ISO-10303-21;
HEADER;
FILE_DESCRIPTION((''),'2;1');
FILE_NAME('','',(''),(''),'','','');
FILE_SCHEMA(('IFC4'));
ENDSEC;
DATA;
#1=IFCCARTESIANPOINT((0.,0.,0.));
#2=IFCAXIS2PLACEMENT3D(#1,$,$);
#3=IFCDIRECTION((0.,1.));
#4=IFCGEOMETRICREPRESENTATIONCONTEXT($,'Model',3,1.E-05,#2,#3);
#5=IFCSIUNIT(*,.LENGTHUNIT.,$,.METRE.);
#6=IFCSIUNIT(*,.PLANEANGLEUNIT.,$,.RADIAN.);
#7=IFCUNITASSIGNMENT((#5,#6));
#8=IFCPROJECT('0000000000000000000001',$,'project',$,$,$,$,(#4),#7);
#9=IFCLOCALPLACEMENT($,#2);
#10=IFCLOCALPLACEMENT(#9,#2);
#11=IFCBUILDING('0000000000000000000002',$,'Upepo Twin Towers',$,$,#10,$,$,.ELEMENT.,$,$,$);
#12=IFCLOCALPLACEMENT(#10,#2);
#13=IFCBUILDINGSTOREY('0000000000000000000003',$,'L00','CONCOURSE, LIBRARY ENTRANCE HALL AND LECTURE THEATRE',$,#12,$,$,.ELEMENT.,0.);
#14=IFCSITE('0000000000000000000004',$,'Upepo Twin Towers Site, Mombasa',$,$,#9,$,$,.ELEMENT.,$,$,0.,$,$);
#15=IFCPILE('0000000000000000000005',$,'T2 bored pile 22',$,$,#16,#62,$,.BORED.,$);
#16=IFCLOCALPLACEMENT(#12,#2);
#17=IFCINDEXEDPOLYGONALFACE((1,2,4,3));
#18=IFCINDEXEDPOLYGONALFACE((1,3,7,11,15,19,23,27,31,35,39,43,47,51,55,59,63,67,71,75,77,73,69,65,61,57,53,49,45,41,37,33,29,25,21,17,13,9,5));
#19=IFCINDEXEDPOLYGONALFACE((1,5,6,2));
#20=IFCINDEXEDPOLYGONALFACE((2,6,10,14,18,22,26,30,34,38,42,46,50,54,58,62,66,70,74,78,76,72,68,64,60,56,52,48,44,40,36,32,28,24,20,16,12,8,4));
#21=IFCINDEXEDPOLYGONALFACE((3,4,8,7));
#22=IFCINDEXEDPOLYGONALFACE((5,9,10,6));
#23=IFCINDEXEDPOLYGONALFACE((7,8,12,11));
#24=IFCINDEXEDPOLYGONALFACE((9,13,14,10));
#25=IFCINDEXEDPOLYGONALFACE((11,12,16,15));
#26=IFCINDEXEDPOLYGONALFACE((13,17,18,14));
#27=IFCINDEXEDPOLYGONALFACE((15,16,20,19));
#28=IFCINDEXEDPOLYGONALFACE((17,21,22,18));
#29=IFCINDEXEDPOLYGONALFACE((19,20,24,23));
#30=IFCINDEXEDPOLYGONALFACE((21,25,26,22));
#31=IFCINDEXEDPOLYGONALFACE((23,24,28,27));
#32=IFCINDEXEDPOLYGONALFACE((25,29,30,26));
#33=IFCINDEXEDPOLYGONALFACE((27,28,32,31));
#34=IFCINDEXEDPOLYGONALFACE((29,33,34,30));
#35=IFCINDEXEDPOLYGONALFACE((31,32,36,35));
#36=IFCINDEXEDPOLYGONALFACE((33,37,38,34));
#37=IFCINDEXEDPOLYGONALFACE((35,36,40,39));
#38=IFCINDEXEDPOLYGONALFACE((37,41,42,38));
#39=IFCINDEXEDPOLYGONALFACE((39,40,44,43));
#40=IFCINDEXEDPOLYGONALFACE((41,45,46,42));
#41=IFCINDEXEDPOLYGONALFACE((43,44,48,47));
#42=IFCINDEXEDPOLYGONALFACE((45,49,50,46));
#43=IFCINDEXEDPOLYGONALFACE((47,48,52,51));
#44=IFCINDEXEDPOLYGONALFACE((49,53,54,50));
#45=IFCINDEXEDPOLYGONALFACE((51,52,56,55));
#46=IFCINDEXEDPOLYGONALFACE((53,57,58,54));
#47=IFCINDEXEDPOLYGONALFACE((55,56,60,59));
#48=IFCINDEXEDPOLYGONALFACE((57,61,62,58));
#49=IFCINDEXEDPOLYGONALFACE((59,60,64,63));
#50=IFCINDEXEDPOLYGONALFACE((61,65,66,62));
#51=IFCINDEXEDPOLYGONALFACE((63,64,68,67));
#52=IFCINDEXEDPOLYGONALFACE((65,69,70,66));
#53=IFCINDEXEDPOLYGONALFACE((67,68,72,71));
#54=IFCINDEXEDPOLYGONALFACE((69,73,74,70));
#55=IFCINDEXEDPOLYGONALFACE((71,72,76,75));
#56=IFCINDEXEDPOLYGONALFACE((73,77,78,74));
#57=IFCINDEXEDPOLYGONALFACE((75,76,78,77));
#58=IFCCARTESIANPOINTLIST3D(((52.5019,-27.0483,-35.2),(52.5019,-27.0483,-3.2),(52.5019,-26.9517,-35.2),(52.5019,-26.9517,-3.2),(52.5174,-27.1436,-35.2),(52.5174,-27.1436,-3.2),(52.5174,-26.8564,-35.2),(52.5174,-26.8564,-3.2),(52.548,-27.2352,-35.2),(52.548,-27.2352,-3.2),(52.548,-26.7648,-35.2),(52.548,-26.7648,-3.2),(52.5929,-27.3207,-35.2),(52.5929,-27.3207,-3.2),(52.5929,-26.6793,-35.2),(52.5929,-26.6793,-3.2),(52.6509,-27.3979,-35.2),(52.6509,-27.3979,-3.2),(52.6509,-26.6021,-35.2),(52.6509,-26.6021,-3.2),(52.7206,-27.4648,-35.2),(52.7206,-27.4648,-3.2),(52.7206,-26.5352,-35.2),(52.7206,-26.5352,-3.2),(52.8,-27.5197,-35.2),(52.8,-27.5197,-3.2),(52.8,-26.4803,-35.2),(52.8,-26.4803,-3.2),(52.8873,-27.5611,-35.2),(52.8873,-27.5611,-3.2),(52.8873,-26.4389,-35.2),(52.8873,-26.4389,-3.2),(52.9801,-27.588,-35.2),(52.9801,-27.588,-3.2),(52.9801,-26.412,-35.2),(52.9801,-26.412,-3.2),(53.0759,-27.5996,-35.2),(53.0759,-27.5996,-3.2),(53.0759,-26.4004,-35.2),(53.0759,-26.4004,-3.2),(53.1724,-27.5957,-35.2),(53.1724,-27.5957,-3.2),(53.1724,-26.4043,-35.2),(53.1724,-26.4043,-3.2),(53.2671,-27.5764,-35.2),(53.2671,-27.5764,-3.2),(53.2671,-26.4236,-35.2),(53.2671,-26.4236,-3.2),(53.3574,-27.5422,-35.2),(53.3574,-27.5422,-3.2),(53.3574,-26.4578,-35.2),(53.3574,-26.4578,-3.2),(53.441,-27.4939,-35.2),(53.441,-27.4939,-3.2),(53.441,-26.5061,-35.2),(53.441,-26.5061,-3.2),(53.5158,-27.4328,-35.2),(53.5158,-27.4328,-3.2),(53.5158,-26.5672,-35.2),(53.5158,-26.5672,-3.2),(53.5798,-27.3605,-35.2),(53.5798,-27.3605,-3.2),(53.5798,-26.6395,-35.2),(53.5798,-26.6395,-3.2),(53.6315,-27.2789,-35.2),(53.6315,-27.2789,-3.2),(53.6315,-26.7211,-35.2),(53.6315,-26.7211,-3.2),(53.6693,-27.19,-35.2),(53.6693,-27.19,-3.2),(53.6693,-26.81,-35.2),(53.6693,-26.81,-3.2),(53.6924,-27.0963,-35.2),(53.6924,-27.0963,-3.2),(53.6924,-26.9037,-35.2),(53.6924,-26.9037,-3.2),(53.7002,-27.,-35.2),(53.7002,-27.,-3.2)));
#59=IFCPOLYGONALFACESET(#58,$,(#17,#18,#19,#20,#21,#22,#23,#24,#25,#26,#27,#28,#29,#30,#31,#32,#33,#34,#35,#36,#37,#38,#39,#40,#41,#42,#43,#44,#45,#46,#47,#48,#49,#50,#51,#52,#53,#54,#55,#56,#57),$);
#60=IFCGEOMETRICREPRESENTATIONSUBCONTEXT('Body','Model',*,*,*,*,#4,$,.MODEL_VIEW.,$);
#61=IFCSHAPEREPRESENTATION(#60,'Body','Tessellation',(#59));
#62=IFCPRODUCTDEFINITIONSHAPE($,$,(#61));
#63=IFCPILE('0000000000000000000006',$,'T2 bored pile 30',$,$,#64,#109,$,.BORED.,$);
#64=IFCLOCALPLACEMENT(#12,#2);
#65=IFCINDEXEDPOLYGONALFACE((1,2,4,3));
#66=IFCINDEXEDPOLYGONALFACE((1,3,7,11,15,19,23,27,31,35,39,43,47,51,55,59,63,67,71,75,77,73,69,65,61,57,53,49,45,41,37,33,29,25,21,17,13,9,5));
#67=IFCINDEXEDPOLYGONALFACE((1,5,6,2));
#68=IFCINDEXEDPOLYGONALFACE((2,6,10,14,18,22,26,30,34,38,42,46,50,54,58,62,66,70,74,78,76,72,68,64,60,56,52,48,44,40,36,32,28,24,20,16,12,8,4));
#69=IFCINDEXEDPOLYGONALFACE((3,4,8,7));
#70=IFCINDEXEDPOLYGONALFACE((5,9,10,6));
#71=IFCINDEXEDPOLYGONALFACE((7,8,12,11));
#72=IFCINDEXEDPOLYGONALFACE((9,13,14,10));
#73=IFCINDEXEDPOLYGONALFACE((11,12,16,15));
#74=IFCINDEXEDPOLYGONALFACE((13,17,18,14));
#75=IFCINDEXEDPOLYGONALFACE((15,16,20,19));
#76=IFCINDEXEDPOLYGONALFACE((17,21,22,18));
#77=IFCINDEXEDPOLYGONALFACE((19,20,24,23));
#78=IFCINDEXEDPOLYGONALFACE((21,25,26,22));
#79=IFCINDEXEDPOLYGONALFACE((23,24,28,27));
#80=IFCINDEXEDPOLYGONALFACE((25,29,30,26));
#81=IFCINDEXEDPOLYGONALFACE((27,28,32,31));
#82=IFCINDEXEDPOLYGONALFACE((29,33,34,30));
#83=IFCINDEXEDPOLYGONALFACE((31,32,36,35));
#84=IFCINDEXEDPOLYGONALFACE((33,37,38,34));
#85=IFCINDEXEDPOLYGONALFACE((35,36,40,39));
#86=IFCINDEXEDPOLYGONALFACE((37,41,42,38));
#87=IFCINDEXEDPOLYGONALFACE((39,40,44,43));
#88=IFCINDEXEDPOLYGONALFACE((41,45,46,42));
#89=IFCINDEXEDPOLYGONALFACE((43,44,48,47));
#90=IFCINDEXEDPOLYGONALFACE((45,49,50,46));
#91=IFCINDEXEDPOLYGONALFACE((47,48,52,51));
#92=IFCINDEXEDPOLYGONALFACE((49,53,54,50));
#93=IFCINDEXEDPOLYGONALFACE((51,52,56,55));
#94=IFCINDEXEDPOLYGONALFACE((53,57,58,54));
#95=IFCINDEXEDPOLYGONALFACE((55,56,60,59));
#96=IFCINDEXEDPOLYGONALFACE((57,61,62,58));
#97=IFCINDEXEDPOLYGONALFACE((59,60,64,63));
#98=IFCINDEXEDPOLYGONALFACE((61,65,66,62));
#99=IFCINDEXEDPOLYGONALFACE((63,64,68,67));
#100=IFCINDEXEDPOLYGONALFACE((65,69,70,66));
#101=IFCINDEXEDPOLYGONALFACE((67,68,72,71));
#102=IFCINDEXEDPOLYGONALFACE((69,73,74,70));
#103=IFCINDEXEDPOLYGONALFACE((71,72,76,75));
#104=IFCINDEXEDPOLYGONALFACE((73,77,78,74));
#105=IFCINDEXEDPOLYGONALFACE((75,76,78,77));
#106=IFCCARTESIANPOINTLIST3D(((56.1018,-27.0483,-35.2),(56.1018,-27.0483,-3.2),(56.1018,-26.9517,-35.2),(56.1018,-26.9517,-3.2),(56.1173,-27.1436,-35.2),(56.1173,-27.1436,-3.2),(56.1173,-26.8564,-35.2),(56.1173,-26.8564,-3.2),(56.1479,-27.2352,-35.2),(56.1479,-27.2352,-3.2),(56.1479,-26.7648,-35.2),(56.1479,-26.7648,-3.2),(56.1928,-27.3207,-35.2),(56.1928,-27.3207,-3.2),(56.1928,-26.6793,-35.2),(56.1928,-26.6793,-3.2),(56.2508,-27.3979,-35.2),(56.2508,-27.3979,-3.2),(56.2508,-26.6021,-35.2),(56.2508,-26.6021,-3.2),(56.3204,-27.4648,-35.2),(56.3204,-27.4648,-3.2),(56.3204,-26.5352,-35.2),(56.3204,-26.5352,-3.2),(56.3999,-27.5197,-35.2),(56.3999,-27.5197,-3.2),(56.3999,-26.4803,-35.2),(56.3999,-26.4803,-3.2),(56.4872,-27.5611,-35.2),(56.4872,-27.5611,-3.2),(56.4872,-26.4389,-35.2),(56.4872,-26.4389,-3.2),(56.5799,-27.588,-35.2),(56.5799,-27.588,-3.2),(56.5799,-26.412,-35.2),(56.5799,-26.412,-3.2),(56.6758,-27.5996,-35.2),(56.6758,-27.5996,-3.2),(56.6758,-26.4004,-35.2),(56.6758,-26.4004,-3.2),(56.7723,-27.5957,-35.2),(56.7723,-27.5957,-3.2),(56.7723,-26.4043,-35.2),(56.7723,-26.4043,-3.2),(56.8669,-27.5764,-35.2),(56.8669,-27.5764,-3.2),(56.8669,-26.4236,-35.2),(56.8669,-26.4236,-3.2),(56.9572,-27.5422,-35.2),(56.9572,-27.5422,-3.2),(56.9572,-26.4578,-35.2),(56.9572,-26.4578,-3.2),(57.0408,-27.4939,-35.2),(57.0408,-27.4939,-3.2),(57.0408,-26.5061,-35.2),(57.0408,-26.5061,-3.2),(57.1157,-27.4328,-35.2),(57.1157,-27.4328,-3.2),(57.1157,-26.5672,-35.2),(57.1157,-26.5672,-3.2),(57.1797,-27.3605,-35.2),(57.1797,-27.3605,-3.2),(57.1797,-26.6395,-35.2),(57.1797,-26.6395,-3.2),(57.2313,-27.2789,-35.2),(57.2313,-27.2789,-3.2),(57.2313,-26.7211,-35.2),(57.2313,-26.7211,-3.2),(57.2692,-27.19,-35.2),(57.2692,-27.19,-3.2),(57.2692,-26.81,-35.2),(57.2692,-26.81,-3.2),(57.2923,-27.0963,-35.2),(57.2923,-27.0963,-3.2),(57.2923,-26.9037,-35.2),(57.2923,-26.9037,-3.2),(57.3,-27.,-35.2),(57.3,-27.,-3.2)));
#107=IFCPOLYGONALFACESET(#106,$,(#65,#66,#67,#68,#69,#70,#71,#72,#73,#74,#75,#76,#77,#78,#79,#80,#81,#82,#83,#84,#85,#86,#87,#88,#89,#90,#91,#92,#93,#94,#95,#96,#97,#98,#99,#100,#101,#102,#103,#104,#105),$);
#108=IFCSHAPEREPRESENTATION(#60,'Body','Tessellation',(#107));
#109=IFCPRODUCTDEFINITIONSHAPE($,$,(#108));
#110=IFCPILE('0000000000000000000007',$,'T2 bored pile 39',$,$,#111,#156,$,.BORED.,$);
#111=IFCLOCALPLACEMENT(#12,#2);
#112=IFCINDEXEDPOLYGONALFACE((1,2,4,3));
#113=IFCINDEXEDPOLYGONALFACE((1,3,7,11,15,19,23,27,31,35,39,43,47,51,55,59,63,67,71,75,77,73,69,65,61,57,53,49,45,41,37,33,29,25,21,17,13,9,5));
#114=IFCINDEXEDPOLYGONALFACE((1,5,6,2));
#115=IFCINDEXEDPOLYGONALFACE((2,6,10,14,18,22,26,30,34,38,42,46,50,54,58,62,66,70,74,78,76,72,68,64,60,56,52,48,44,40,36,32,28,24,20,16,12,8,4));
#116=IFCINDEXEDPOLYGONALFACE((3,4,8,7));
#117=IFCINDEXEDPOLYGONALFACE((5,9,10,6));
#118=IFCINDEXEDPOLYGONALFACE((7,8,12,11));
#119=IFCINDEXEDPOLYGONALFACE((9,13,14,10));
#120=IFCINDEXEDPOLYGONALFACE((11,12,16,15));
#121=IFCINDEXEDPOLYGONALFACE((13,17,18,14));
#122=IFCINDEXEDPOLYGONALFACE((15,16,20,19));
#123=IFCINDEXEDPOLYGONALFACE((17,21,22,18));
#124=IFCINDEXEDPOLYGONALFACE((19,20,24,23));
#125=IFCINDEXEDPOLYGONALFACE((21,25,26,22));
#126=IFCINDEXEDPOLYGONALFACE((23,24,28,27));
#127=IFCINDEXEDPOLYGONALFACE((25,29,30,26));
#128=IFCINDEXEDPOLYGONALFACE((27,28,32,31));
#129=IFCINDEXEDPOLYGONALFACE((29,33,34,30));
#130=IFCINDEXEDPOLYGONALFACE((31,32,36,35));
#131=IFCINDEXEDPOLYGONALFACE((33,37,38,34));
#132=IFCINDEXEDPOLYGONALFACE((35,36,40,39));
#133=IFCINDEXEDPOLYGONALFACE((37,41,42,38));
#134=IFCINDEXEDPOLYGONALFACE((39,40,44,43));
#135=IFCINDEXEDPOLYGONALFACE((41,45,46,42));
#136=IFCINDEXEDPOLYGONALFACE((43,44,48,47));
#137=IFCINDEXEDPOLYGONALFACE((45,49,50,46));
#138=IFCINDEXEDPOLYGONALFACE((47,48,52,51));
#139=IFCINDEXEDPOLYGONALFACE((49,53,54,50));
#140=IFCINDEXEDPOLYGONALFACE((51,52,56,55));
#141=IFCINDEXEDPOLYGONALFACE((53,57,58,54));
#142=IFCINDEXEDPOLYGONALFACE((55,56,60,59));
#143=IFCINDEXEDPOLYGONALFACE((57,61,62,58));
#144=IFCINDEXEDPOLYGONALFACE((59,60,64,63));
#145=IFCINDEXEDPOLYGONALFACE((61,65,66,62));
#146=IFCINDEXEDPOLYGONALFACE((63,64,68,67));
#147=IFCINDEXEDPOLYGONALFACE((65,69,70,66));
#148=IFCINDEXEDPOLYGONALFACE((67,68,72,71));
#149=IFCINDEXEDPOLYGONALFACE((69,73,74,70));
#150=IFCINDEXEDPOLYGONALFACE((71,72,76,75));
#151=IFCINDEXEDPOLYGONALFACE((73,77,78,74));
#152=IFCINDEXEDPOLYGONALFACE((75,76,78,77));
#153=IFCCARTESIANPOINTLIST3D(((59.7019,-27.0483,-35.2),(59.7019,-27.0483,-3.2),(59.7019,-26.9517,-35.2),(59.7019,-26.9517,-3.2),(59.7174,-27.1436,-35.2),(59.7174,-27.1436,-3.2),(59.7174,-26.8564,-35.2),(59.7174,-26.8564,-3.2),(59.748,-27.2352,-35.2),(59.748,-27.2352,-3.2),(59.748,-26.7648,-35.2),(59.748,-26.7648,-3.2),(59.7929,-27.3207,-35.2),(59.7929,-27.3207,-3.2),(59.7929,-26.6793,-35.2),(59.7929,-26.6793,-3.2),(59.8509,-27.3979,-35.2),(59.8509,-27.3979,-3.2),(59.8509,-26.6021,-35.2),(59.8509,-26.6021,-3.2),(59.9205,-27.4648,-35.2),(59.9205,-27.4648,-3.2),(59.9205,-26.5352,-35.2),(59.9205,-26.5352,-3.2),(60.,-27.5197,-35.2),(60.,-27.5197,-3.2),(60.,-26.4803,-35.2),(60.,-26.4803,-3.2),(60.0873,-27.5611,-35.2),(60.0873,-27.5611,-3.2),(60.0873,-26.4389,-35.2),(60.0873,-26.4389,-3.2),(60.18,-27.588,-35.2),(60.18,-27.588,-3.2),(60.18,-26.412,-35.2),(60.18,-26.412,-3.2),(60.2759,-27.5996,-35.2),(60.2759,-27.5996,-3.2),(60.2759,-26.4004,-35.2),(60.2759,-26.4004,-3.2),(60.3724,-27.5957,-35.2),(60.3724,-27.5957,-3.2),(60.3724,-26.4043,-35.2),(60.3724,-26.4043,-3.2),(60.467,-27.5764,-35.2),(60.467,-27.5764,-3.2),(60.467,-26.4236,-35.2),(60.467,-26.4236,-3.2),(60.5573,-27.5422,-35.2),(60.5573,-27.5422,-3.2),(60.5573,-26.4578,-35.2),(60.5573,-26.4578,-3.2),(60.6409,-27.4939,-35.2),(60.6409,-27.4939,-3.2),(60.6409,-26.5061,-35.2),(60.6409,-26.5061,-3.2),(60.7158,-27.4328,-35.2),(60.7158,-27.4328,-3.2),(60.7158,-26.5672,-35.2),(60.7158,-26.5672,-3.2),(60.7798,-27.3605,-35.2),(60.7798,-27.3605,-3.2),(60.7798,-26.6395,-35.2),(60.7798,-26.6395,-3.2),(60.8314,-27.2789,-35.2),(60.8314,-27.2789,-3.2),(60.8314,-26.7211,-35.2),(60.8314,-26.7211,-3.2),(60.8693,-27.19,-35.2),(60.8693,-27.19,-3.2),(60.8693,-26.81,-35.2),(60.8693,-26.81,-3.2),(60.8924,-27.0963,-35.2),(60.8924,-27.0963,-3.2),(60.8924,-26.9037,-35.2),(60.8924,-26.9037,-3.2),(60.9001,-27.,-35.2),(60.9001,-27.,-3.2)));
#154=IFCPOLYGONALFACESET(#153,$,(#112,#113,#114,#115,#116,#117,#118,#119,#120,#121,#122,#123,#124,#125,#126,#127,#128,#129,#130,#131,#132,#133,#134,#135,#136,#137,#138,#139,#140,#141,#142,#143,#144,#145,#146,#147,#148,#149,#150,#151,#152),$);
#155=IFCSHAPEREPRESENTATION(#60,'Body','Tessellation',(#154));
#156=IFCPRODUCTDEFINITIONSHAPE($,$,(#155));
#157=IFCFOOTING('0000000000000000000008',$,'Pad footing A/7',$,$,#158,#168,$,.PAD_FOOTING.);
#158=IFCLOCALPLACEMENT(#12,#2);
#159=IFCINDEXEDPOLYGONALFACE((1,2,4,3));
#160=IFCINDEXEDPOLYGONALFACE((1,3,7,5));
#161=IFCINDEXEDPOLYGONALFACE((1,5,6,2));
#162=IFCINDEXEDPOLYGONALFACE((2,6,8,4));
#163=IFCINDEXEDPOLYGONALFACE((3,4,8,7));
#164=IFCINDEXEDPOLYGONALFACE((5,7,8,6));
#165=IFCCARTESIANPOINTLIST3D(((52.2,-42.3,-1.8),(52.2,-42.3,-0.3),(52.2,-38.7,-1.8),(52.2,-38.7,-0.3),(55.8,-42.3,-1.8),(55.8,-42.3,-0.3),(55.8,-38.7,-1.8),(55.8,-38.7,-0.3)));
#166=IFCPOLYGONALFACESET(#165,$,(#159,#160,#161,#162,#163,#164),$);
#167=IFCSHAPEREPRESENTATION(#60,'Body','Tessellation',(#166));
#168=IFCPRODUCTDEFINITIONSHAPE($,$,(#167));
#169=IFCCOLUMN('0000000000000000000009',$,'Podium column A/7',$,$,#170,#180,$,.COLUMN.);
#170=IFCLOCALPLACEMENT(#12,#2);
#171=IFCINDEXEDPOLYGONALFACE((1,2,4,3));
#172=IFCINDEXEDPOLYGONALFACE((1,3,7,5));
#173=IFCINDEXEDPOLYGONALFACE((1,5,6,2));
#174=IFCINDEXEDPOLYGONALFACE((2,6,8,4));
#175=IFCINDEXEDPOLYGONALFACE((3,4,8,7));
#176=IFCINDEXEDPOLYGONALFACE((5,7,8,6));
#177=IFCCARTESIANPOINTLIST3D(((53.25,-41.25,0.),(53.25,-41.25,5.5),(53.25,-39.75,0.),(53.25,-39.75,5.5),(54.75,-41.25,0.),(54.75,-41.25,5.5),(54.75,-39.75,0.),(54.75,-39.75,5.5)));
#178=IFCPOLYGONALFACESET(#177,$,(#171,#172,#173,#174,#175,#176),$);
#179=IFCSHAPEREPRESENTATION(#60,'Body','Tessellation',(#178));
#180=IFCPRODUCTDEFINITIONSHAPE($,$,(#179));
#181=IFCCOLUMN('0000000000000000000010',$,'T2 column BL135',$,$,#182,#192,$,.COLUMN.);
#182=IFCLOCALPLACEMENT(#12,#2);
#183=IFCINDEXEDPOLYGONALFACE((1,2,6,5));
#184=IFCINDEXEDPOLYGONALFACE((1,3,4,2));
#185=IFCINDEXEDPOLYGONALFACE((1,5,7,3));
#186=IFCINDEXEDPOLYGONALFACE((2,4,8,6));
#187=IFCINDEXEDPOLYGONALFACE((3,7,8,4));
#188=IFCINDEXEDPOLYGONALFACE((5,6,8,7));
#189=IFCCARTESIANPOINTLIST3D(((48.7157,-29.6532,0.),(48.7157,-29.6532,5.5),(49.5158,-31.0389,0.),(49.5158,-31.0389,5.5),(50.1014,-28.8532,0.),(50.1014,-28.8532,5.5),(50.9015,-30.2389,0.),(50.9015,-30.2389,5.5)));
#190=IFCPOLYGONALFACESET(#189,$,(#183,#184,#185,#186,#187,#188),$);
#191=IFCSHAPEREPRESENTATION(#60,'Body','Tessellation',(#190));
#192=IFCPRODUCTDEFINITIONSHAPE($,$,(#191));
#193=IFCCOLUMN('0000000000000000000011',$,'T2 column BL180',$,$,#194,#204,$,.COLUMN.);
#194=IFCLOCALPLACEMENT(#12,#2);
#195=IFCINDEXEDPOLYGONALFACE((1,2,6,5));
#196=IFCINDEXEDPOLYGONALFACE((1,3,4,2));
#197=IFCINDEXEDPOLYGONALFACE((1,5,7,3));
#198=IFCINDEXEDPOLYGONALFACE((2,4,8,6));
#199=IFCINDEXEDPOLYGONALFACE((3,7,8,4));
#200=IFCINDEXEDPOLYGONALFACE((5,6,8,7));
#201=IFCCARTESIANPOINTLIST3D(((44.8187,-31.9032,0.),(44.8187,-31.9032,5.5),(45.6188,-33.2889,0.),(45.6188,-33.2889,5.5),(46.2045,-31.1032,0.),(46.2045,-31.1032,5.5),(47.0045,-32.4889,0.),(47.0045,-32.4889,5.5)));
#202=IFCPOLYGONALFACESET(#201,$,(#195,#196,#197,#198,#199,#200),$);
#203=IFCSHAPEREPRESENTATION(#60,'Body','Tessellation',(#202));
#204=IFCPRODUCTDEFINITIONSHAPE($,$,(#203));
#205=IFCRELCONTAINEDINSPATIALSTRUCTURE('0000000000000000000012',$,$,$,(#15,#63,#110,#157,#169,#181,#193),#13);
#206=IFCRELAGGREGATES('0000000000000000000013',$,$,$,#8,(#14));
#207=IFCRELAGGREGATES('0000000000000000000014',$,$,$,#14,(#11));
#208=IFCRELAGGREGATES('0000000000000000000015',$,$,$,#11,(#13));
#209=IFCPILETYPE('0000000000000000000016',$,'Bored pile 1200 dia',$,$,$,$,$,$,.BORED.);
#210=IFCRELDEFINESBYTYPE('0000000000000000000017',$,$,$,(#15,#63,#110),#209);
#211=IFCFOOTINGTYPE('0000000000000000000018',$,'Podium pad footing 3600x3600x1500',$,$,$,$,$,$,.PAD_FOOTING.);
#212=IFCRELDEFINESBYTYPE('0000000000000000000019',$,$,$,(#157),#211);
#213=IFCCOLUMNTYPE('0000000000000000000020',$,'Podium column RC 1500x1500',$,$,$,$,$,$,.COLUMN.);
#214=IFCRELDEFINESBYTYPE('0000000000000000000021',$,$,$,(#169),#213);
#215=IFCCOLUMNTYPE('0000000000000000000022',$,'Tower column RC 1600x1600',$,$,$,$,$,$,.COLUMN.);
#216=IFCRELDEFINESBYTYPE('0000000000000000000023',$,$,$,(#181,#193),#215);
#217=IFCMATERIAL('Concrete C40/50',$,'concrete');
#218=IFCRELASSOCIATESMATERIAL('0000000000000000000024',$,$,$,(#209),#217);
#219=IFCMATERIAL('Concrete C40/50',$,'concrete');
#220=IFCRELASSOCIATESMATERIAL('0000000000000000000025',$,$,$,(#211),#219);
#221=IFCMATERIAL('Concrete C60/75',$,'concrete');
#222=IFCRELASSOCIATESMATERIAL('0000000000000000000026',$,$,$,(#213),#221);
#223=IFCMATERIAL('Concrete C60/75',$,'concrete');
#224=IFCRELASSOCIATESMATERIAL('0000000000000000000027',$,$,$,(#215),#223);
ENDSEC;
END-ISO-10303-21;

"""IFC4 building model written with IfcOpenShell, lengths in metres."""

from ifc_helpers import new_model, si_unit, direction, frame, origin, origin_2d, place, context, subcontext, project, spatial, rectangle, circle, extrude, material, material_profile, profile_set, type_object, element, save


model = new_model("IFC4")

# Units and contexts
model_context = context("Model", 3, precision=1e-05, world=origin(), true_north=direction((0.0, 1.0)))
body_context = subcontext(model_context, "Body", "Model", "MODEL_VIEW")
ifc_project = project(units=[si_unit("LENGTHUNIT", "METRE"), si_unit("PLANEANGLEUNIT", "RADIAN")], contexts=[model_context])

# Site, building, storey
site_placement = place(None, origin())
site = spatial("IfcSite", under=ifc_project, at=site_placement, Name="Upepo Twin Towers Site, Mombasa", CompositionType="ELEMENT", RefElevation=0.0)
building_placement = place(site_placement, origin())
building = spatial("IfcBuilding", under=site, at=building_placement, Name="Upepo Twin Towers", CompositionType="ELEMENT")
storey_placement = place(building_placement, origin())
storey = spatial("IfcBuildingStorey", under=building, at=storey_placement, Name="L00", Description="CONCOURSE, LIBRARY ENTRANCE HALL AND LECTURE THEATRE", CompositionType="ELEMENT", Elevation=0.0)

# Piles
ifc_material_1 = material(Name="Concrete C40/50", Category="concrete")
pile_type = type_object("IfcPileType", Name="Bored pile 1200 dia", PredefinedType="BORED", material=ifc_material_1)
for number, where, z_axis, x_axis, name in (
    (1, (53.1001, -27.0, -3.2), (0.0, 0.0, -1.0), (1.0, 0.0, 0.0), "T2 bored pile 22"),
    (2, (56.7, -27.0, -3.2), (0.0, 0.0, -1.0), (1.0, 0.0, 0.0), "T2 bored pile 30"),
    (3, (60.3, -27.0, -3.2), (0.0, 0.0, -1.0), (1.0, 0.0, 0.0), "T2 bored pile 39"),
):
    element("IfcPile", number, at=place(storey_placement, frame(where, z_axis=z_axis, x_axis=x_axis)), inside=storey, type_object=pile_type, Name=name, PredefinedType="BORED", context=body_context, shape_type="SweptSolid", body=[
        extrude(circle(Radius=0.6001, at=origin_2d()), origin(), (0.0, 0.0, 1.0), 32.0),
    ])

# Footing
ifc_material_2 = material(Name="Concrete C40/50", Category="concrete")
footing_type = type_object("IfcFootingType", Name="Podium pad footing 3600x3600x1500", PredefinedType="PAD_FOOTING", material=ifc_material_2)
footing_placement = place(storey_placement, frame((54.0, -40.5, -1.8), z_axis=(0.0, 0.0, 1.0), x_axis=(1.0, 0.0, 0.0)))
element("IfcFooting", 4, at=footing_placement, inside=storey, type_object=footing_type, Name="Pad footing A/7", PredefinedType="PAD_FOOTING", context=body_context, shape_type="SweptSolid", body=[
    extrude(rectangle(XDim=3.6001, YDim=3.6001, at=origin_2d()), origin(), (0.0, 0.0, 1.0), 1.5),
])

# Columns
ifc_material_3 = material(Name="Concrete C60/75", Category="concrete")
ifc_material_profile_1 = material_profile(ifc_material_3, rectangle(XDim=1.5, YDim=1.5, at=origin_2d()), Name="RC 1500x1500")
ifc_profile_set_1 = profile_set([ifc_material_profile_1], Name="Concrete C60/75")
column_type_1 = type_object("IfcColumnType", Name="Podium column RC 1500x1500", PredefinedType="COLUMN", material=ifc_profile_set_1)
column_placement = place(storey_placement, frame((54.0, -40.5, 0.0), z_axis=(0.0, 0.0, 1.0), x_axis=(1.0, 0.0, 0.0)))
element("IfcColumn", 5, at=column_placement, inside=storey, type_object=column_type_1, Name="Podium column A/7", PredefinedType="COLUMN", context=body_context, shape_type="SweptSolid", body=[
    extrude(rectangle(XDim=1.5, YDim=1.5, at=origin_2d()), origin(), (0.0, 0.0, 1.0), 5.5),
])
ifc_material_4 = material(Name="Concrete C60/75", Category="concrete")
ifc_material_profile_2 = material_profile(ifc_material_4, rectangle(XDim=1.6001, YDim=1.6001, at=origin_2d()), Name="RC 1600x1600")
ifc_profile_set_2 = profile_set([ifc_material_profile_2], Name="Concrete C60/75")
column_type_2 = type_object("IfcColumnType", Name="Tower column RC 1600x1600", PredefinedType="COLUMN", material=ifc_profile_set_2)
for number, where, z_axis, x_axis, name in (
    (6, (49.8086, -29.946, 0.0), (0.0, 0.0, 1.0), (0.866025, 0.5, 0.0), "T2 column BL135"),
    (7, (45.9116, -32.196, 0.0), (0.0, 0.0, 1.0), (0.866025, 0.5, 0.0), "T2 column BL180"),
):
    element("IfcColumn", number, at=place(storey_placement, frame(where, z_axis=z_axis, x_axis=x_axis)), inside=storey, type_object=column_type_2, Name=name, PredefinedType="COLUMN", context=body_context, shape_type="SweptSolid", body=[
        extrude(rectangle(XDim=1.6001, YDim=1.6001, at=origin_2d()), origin(), (0.0, 0.0, 1.0), 5.5),
    ])

save(model, "model.ifc")
